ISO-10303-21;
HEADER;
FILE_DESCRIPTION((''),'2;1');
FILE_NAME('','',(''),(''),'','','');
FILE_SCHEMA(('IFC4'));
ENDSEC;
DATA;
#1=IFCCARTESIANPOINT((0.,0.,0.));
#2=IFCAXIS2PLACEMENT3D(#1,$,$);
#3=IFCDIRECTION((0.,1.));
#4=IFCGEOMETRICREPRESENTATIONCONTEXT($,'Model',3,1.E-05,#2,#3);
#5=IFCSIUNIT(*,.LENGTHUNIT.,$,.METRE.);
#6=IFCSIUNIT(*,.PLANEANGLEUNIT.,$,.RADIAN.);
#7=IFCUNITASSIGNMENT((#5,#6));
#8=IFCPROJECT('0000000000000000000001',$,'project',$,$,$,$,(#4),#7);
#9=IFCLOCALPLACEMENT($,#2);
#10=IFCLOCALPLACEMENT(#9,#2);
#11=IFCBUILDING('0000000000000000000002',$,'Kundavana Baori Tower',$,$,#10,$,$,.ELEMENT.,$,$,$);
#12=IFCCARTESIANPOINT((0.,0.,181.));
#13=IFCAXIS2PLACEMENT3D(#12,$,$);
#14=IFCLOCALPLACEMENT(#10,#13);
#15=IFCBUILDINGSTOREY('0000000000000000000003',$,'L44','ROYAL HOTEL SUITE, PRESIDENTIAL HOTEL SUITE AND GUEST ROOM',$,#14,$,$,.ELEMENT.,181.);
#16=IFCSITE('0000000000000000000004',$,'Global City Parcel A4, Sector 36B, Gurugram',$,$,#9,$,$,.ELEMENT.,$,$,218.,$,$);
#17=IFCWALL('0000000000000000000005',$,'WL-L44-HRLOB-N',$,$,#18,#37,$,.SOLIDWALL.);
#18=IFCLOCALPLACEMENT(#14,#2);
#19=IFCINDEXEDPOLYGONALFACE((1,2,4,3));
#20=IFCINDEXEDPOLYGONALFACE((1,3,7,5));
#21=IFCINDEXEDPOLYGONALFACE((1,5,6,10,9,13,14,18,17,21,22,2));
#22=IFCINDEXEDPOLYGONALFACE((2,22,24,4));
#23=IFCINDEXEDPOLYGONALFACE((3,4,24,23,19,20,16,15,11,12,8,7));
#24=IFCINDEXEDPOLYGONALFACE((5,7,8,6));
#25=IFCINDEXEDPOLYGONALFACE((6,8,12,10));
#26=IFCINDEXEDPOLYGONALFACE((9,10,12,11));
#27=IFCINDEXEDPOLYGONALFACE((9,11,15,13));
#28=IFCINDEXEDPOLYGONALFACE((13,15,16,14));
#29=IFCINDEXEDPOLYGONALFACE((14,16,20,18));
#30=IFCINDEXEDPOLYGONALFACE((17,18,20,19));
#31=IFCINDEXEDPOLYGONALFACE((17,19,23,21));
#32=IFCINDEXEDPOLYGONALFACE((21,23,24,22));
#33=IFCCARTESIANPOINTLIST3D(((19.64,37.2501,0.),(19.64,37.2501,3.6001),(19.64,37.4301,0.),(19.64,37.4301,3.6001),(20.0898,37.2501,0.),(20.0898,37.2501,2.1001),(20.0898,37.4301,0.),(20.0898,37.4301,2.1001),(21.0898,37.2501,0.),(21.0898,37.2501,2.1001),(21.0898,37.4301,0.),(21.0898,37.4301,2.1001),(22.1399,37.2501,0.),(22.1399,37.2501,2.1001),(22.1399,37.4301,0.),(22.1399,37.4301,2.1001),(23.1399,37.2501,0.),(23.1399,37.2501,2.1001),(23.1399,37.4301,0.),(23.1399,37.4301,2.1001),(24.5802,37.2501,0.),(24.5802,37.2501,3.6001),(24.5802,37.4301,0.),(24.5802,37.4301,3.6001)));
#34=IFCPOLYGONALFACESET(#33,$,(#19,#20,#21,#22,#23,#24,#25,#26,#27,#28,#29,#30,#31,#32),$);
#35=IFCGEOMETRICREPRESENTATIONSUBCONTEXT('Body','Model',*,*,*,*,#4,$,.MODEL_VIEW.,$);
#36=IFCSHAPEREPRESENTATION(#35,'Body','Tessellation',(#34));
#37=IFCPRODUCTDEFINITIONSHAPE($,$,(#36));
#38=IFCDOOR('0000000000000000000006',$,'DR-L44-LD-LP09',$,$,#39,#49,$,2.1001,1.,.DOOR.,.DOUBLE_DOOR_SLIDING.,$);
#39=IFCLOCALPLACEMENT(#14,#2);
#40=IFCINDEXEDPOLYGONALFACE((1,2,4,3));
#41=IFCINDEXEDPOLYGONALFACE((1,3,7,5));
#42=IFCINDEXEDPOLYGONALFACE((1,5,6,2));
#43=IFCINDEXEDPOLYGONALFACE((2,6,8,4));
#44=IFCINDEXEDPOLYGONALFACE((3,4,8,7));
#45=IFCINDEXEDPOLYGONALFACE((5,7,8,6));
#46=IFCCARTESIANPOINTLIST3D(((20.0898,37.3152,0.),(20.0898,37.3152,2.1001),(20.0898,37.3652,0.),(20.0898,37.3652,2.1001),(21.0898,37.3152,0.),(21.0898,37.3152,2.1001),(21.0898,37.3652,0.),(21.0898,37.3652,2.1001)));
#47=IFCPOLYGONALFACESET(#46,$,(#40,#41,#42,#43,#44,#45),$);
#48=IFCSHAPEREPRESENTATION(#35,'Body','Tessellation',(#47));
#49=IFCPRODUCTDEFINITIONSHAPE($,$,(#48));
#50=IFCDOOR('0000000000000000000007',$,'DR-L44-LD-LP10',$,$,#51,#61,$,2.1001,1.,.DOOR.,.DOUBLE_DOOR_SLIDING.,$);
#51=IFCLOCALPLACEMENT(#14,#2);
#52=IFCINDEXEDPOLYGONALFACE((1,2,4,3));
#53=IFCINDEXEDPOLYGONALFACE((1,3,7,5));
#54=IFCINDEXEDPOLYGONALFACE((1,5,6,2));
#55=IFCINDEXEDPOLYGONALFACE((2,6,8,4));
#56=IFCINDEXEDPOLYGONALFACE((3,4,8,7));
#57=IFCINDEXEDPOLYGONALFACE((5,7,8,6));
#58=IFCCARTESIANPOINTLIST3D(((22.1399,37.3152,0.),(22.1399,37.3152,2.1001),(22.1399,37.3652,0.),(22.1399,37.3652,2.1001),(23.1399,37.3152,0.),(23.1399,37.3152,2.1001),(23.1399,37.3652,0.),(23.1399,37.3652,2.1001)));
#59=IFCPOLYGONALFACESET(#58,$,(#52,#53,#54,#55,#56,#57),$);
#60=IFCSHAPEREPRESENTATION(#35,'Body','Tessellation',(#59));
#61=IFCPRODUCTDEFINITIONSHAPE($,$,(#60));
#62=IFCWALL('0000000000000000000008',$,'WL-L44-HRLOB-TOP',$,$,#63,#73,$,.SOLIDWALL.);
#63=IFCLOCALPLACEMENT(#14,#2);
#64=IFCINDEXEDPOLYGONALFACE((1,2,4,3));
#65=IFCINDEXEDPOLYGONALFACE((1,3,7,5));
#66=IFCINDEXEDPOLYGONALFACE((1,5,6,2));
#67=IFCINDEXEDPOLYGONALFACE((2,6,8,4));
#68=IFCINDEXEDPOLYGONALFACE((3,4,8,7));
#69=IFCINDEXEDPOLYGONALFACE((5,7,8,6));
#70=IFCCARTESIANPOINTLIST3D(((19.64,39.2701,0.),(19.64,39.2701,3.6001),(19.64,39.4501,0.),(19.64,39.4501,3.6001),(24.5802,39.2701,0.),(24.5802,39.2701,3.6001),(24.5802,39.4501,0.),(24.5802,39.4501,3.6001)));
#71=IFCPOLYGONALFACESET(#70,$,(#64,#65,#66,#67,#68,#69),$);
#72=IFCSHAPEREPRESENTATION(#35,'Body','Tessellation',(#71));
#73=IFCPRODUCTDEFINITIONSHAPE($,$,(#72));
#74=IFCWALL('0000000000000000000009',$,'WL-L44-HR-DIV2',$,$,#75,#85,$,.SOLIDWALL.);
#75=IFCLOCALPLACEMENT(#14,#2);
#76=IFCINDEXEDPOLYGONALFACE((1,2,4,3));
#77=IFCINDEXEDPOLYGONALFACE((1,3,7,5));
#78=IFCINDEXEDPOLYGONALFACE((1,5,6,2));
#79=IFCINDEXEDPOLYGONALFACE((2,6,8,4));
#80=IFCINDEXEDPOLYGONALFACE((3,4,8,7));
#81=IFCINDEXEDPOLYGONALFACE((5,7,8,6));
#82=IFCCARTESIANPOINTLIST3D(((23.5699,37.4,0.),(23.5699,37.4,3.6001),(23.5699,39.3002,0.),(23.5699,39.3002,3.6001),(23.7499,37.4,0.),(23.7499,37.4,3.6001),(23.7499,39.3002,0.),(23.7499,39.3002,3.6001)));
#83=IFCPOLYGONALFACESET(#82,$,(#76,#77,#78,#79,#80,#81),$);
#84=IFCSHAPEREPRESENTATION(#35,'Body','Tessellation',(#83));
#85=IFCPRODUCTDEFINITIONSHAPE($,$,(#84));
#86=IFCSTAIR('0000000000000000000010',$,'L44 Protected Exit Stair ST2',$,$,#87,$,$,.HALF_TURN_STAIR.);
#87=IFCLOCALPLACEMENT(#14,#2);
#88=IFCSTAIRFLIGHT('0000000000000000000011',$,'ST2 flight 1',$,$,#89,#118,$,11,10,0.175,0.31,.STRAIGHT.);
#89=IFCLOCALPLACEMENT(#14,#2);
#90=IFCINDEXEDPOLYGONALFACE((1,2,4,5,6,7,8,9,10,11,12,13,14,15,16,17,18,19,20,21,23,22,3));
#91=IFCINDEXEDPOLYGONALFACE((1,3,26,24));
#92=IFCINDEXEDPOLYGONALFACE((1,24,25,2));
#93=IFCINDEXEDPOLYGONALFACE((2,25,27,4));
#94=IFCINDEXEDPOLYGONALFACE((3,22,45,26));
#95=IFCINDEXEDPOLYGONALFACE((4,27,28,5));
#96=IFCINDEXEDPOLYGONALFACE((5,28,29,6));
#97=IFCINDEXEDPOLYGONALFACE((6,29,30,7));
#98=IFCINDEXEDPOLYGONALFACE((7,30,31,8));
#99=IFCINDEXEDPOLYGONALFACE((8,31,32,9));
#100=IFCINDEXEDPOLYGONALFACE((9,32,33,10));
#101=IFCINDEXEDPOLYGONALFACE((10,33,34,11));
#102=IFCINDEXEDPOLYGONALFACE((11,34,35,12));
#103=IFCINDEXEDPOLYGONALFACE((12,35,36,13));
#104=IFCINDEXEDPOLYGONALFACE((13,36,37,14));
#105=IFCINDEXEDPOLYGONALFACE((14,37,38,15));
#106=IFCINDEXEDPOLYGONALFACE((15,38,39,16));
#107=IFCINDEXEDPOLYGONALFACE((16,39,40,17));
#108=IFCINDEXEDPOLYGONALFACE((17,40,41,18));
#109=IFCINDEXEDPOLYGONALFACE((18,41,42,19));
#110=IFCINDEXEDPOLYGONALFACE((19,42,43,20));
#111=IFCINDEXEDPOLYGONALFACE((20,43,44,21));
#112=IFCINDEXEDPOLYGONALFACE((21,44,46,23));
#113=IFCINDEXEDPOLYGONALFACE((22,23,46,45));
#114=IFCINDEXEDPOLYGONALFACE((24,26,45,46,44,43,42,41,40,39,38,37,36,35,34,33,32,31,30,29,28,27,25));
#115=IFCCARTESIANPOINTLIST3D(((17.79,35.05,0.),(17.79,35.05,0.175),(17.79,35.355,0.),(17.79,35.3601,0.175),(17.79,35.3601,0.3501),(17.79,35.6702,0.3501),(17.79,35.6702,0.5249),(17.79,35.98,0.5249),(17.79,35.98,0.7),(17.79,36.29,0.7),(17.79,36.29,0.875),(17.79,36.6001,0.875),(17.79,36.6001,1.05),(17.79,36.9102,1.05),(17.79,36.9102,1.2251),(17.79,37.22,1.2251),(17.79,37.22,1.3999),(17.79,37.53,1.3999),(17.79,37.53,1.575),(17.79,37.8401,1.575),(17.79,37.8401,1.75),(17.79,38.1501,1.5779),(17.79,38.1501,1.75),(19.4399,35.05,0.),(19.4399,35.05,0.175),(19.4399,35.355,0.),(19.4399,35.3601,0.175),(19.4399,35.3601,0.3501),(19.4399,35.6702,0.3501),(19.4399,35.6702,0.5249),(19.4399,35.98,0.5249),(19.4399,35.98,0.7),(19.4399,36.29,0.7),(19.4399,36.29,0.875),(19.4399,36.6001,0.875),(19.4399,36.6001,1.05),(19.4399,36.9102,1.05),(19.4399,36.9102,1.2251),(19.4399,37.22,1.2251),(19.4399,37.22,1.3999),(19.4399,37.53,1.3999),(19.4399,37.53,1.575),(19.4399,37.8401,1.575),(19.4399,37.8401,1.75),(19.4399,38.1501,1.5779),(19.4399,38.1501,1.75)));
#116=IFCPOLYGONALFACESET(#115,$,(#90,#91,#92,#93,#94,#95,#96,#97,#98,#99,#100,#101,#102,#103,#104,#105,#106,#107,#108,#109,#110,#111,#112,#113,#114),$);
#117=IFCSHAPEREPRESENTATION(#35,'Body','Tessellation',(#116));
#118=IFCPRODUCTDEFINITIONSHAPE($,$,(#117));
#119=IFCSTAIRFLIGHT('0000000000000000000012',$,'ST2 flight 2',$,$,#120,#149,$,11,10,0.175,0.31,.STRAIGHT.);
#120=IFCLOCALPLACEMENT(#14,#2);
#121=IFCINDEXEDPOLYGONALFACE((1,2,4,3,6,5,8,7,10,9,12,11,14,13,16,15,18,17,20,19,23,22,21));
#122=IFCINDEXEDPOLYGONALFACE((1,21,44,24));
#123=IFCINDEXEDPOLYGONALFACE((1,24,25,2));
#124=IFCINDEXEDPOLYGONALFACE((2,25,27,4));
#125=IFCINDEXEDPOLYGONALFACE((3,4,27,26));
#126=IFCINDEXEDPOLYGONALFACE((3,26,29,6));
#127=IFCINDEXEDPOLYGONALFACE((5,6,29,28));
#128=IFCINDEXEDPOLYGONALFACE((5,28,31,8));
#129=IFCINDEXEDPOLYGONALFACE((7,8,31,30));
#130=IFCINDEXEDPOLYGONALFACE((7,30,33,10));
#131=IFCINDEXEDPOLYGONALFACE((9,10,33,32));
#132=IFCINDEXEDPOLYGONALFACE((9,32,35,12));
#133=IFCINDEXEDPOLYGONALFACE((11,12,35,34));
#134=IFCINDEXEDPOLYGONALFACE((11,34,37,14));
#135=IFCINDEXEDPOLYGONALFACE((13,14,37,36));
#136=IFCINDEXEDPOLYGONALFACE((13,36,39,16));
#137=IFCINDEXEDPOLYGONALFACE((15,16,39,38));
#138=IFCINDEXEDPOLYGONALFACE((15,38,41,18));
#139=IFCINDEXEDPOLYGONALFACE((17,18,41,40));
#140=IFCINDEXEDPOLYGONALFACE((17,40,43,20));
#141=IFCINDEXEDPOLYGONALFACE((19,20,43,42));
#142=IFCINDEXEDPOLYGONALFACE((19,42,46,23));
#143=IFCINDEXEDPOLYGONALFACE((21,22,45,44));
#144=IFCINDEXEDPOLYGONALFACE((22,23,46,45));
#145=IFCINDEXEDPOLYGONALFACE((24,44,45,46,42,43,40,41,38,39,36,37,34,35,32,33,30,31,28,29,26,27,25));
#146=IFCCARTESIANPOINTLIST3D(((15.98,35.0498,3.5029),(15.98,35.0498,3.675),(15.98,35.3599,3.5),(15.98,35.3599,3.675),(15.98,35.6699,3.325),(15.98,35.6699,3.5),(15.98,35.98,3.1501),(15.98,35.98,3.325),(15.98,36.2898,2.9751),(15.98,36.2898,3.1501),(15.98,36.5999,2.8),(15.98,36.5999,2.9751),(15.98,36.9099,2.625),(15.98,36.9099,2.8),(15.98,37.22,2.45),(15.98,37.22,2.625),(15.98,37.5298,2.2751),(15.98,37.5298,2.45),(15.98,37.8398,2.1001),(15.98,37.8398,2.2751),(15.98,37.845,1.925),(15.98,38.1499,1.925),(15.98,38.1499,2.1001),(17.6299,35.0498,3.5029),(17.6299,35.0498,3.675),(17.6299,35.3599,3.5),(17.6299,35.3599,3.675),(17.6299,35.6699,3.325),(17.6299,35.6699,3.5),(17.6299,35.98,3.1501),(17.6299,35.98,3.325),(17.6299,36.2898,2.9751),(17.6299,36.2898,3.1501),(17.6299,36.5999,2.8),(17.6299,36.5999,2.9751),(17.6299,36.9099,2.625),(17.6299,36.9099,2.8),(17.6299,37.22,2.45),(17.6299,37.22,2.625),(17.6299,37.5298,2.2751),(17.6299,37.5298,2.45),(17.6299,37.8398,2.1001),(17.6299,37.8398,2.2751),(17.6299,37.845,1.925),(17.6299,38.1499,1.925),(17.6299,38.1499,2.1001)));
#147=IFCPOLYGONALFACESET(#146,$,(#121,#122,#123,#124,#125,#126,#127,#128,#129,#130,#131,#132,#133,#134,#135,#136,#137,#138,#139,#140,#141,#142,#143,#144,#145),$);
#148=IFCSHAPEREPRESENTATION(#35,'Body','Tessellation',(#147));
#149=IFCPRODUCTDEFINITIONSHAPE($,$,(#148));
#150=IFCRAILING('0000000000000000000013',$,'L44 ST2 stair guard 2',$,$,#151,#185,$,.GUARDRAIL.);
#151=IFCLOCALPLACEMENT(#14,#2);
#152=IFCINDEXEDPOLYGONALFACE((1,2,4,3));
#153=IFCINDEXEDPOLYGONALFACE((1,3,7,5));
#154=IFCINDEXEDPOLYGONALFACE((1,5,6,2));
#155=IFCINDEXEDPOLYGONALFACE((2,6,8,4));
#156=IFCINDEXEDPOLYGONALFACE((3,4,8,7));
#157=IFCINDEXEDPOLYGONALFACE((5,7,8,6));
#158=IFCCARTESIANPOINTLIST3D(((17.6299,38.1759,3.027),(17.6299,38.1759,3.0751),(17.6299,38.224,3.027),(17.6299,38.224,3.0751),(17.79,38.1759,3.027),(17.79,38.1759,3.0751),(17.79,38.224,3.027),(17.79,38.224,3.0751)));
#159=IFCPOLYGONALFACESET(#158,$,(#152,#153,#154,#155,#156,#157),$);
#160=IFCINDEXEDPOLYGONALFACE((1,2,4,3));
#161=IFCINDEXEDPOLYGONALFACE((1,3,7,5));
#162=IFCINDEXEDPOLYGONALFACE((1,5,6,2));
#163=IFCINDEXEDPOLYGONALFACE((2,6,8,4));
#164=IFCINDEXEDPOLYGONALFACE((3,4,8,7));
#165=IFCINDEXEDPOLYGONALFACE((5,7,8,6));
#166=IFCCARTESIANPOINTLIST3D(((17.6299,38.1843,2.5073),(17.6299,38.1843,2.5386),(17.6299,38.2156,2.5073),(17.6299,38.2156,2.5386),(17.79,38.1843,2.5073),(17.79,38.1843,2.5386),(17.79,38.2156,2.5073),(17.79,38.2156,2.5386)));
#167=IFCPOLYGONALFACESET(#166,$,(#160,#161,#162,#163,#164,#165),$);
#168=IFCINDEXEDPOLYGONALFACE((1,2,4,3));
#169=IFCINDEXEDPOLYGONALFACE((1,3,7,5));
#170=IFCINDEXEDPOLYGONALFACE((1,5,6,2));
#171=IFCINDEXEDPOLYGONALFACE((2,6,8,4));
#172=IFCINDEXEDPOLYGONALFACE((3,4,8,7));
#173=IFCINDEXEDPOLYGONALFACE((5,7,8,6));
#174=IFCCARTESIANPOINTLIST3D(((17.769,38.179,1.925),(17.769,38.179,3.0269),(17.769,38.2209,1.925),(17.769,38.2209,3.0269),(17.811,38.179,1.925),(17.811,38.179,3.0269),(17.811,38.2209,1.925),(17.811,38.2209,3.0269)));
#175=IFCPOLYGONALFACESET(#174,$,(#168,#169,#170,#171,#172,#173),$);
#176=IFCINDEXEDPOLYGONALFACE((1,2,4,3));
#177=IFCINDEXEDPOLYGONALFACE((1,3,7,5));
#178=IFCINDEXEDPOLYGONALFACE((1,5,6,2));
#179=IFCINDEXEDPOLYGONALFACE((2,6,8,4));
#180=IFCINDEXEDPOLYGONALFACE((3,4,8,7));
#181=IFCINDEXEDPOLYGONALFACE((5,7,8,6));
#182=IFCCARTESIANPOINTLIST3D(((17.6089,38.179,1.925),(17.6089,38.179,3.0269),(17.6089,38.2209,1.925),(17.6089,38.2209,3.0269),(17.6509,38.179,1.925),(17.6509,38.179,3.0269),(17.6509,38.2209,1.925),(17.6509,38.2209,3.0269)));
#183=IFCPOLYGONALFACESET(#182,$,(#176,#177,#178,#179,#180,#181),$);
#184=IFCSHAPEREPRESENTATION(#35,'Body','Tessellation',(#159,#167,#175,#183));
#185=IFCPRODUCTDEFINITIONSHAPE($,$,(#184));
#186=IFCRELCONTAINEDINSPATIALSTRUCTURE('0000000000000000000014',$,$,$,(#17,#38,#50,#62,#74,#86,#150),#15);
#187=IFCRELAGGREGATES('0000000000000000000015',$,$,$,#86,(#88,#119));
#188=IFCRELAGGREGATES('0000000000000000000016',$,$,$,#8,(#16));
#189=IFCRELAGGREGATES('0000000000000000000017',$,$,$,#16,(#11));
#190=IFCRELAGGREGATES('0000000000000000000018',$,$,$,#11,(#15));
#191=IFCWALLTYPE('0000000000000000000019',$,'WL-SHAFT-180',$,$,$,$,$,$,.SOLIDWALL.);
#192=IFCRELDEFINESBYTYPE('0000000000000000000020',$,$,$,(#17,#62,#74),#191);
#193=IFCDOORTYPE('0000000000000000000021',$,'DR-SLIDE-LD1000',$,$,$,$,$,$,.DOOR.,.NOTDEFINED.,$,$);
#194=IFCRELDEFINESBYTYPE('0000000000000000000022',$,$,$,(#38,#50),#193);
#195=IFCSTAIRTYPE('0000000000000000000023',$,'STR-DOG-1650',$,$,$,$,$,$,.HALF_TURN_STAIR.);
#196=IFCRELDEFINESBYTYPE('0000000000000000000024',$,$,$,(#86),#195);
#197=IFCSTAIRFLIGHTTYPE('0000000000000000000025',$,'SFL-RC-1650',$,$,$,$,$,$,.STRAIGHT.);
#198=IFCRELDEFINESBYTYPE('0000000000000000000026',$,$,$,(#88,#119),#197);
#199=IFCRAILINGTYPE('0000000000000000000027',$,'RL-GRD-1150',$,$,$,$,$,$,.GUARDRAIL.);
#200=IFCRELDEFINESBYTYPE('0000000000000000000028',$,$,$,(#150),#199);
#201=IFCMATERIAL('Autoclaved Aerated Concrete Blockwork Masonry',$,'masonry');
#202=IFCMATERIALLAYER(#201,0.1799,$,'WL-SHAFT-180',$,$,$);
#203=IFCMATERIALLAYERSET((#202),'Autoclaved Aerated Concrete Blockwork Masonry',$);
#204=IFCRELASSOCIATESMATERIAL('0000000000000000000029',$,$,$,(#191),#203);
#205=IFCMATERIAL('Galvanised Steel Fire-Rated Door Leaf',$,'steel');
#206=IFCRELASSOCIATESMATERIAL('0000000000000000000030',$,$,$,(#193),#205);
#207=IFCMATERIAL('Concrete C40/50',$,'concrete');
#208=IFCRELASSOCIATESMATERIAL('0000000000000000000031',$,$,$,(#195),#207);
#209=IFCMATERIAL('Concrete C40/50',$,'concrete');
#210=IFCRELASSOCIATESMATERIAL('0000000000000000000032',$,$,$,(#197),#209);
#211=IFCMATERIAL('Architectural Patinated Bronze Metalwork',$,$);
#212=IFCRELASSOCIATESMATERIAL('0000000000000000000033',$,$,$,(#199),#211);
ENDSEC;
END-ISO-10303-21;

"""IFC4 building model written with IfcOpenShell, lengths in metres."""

from ifc_helpers import new_model, si_unit, direction, frame, frame_2d, origin, origin_2d, place, context, subcontext, project, spatial, polyline, rectangle, outline, extrude, material, layer, layer_set, type_object, element, fill, aggregate, save


model = new_model("IFC4")

# Units and contexts
model_context = context("Model", 3, precision=1e-05, world=origin(), true_north=direction((0.0, 1.0)))
body_context = subcontext(model_context, "Body", "Model", "MODEL_VIEW")
ifc_project = project(units=[si_unit("LENGTHUNIT", "METRE"), si_unit("PLANEANGLEUNIT", "RADIAN")], contexts=[model_context])

# Site, building, storey
site_placement = place(None, origin())
site = spatial("IfcSite", under=ifc_project, at=site_placement, Name="Global City Parcel A4, Sector 36B, Gurugram", CompositionType="ELEMENT", RefElevation=218.0)
building_placement = place(site_placement, origin())
building = spatial("IfcBuilding", under=site, at=building_placement, Name="Kundavana Baori Tower", CompositionType="ELEMENT")
storey_placement = place(building_placement, frame((0.0, 0.0, 181.0)))
storey = spatial("IfcBuildingStorey", under=building, at=storey_placement, Name="L44", Description="ROYAL HOTEL SUITE, PRESIDENTIAL HOTEL SUITE AND GUEST ROOM", CompositionType="ELEMENT", Elevation=181.0)

# Shared definitions
ifc_material_1 = material(Name="Autoclaved Aerated Concrete Blockwork Masonry", Category="masonry")
ifc_layer_1 = layer(ifc_material_1, 0.1799, Name="WL-SHAFT-180")
ifc_layer_set_1 = layer_set([ifc_layer_1], Name="Autoclaved Aerated Concrete Blockwork Masonry")
wall_type_1 = type_object("IfcWallType", Name="WL-SHAFT-180", PredefinedType="SOLIDWALL", material=ifc_layer_set_1)
ifc_material_2 = material(Name="Galvanised Steel Fire-Rated Door Leaf", Category="steel")
door_type_1 = type_object("IfcDoorType", Name="DR-SLIDE-LD1000", OperationType="NOTDEFINED", PredefinedType="DOOR", material=ifc_material_2)

# Wall, openings, doors
wall_1_placement = place(storey_placement, frame((19.6399, 37.3401, 0.0), z_axis=(0.0, 0.0, 1.0), x_axis=(1.0, 0.0, 0.0)))
wall_1 = element("IfcWall", 1, at=wall_1_placement, inside=storey, type_object=wall_type_1, Name="WL-L44-HRLOB-N", PredefinedType="SOLIDWALL", context=body_context, shape_type="SweptSolid", body=[
    extrude(rectangle(XDim=4.9402, YDim=0.1799, at=frame_2d((2.4702, 0.0))), origin(), (0.0, 0.0, 1.0), 3.6001),
])
opening_1_placement = place(wall_1_placement, frame((0.45, 0.0, 0.0)))
opening_1 = element("IfcOpeningElement", 2, at=opening_1_placement, cuts=wall_1, PredefinedType="OPENING", context=body_context, shape_type="SweptSolid", body=[
    extrude(rectangle(XDim=1.0, YDim=2.1001, at=frame_2d((0.5, 1.05))), frame((0.0, 0.1001, 0.0), z_axis=(0.0, -1.0, 0.0), x_axis=(1.0, 0.0, 0.0)), (0.0, 0.0, 1.0), 0.2),
])
opening_2_placement = place(wall_1_placement, frame((2.5, 0.0, 0.0)))
opening_2 = element("IfcOpeningElement", 3, at=opening_2_placement, cuts=wall_1, PredefinedType="OPENING", context=body_context, shape_type="SweptSolid", body=[
    extrude(rectangle(XDim=1.0, YDim=2.1001, at=frame_2d((0.5, 1.05))), frame((0.0, 0.1001, 0.0), z_axis=(0.0, -1.0, 0.0), x_axis=(1.0, 0.0, 0.0)), (0.0, 0.0, 1.0), 0.2),
])
door_1_placement = place(opening_1_placement, frame((1.0, 0.0, 0.0), z_axis=(0.0, 0.0, 1.0), x_axis=(-1.0, 0.0, 0.0)))
door_1 = element("IfcDoor", 4, at=door_1_placement, inside=storey, type_object=door_type_1, Name="DR-L44-LD-LP09", OperationType="DOUBLE_DOOR_SLIDING", OverallHeight=2.1001, OverallWidth=1.0, PredefinedType="DOOR", context=body_context, shape_type="SweptSolid", body=[
    extrude(rectangle(XDim=1.0, YDim=2.1001, at=frame_2d((0.5, 1.05))), frame((0.0, 0.0249, 0.0), z_axis=(0.0, -1.0, 0.0), x_axis=(1.0, 0.0, 0.0)), (0.0, 0.0, 1.0), 0.05),
])
fill(opening_1, door_1)
door_2_placement = place(opening_2_placement, frame((1.0, 0.0, 0.0), z_axis=(0.0, 0.0, 1.0), x_axis=(-1.0, 0.0, 0.0)))
door_2 = element("IfcDoor", 5, at=door_2_placement, inside=storey, type_object=door_type_1, Name="DR-L44-LD-LP10", OperationType="DOUBLE_DOOR_SLIDING", OverallHeight=2.1001, OverallWidth=1.0, PredefinedType="DOOR", context=body_context, shape_type="SweptSolid", body=[
    extrude(rectangle(XDim=1.0, YDim=2.1001, at=frame_2d((0.5, 1.05))), frame((0.0, 0.0249, 0.0), z_axis=(0.0, -1.0, 0.0), x_axis=(1.0, 0.0, 0.0)), (0.0, 0.0, 1.0), 0.05),
])
fill(opening_2, door_2)

# Walls
wall_2_placement = place(storey_placement, frame((19.6399, 39.3601, 0.0), z_axis=(0.0, 0.0, 1.0), x_axis=(1.0, 0.0, 0.0)))
element("IfcWall", 6, at=wall_2_placement, inside=storey, type_object=wall_type_1, Name="WL-L44-HRLOB-TOP", PredefinedType="SOLIDWALL", context=body_context, shape_type="SweptSolid", body=[
    extrude(rectangle(XDim=4.9402, YDim=0.1799, at=frame_2d((2.4702, 0.0))), origin(), (0.0, 0.0, 1.0), 3.6001),
])
wall_3_placement = place(storey_placement, frame((23.6599, 37.3999, 0.0), z_axis=(0.0, 0.0, 1.0), x_axis=(0.0, 1.0, 0.0)))
element("IfcWall", 7, at=wall_3_placement, inside=storey, type_object=wall_type_1, Name="WL-L44-HR-DIV2", PredefinedType="SOLIDWALL", context=body_context, shape_type="SweptSolid", body=[
    extrude(rectangle(XDim=1.9001, YDim=0.1799, at=frame_2d((0.9502, 0.0))), origin(), (0.0, 0.0, 1.0), 3.6001),
])

# Stair, stair flights
ifc_material_3 = material(Name="Concrete C40/50", Category="concrete")
stair_type = type_object("IfcStairType", Name="STR-DOG-1650", PredefinedType="HALF_TURN_STAIR", material=ifc_material_3)
stair_placement = place(storey_placement, origin())
stair = element("IfcStair", 8, at=stair_placement, inside=storey, type_object=stair_type, Name="L44 Protected Exit Stair ST2", PredefinedType="HALF_TURN_STAIR")
ifc_material_4 = material(Name="Concrete C40/50", Category="concrete")
stair_flight_type = type_object("IfcStairFlightType", Name="SFL-RC-1650", PredefinedType="STRAIGHT", material=ifc_material_4)
stair_flight_1_placement = place(storey_placement, frame((18.615, 35.05, 0.0), z_axis=(0.0, 0.0, 1.0), x_axis=(0.0, 1.0, 0.0)))
stair_flight_1 = element("IfcStairFlight", 9, at=stair_flight_1_placement, type_object=stair_flight_type, Name="ST2 flight 1", NumberOfRisers=11, NumberOfTreads=10, PredefinedType="STRAIGHT", RiserHeight=0.175, TreadLength=0.31, context=body_context, shape_type="SweptSolid", body=[
    extrude(outline(polyline([(0.0, 0.0), (0.0, 0.175), (0.3101, 0.175), (0.3101, 0.3501), (0.6201, 0.3501), (0.6201, 0.5249), (0.9299, 0.5249), (0.9299, 0.7), (1.24, 0.7), (1.24, 0.875), (1.55, 0.875), (1.55, 1.05), (1.8601, 1.05), (1.8601, 1.2251), (2.1699, 1.2251), (2.1699, 1.3999), (2.48, 1.3999), (2.48, 1.575), (2.79, 1.575), (2.79, 1.75), (3.1001, 1.75), (3.1001, 1.925), (3.1001, 1.5779), (0.3049, 0.0), (0.0, 0.0)])), frame((0.0, 0.825, 0.0), z_axis=(0.0, -1.0, 0.0), x_axis=(1.0, 0.0, 0.0)), (0.0, 0.0, 1.0), 1.6499),
])
stair_flight_2_placement = place(storey_placement, frame((16.8049, 38.1499, 1.925), z_axis=(0.0, 0.0, 1.0), x_axis=(0.0, -1.0, 0.0)))
stair_flight_2 = element("IfcStairFlight", 10, at=stair_flight_2_placement, type_object=stair_flight_type, Name="ST2 flight 2", NumberOfRisers=11, NumberOfTreads=10, PredefinedType="STRAIGHT", RiserHeight=0.175, TreadLength=0.31, context=body_context, shape_type="SweptSolid", body=[
    extrude(outline(polyline([(0.0, 0.0), (0.0, 0.175), (0.3101, 0.175), (0.3101, 0.3501), (0.6201, 0.3501), (0.6201, 0.5249), (0.9299, 0.5249), (0.9299, 0.7), (1.24, 0.7), (1.24, 0.875), (1.55, 0.875), (1.55, 1.05), (1.8601, 1.05), (1.8601, 1.2251), (2.1699, 1.2251), (2.1699, 1.3999), (2.48, 1.3999), (2.48, 1.575), (2.79, 1.575), (2.79, 1.75), (3.1001, 1.75), (3.1001, 1.925), (3.1001, 1.5779), (0.3049, 0.0), (0.0, 0.0)])), frame((0.0, 0.825, 0.0), z_axis=(0.0, -1.0, 0.0), x_axis=(1.0, 0.0, 0.0)), (0.0, 0.0, 1.0), 1.6499),
])
aggregate(stair, [stair_flight_1, stair_flight_2])

# Railing
ifc_material_5 = material(Name="Architectural Patinated Bronze Metalwork")
railing_type_1 = type_object("IfcRailingType", Name="RL-GRD-1150", PredefinedType="GUARDRAIL", material=ifc_material_5)
railing_1_placement = place(storey_placement, frame((17.79, 38.2, 1.925)))
element("IfcRailing", 11, at=railing_1_placement, inside=storey, type_object=railing_type_1, Name="L44 ST2 stair guard 2", PredefinedType="GUARDRAIL", context=body_context, shape_type="SweptSolid", body=[
    extrude(rectangle(XDim=0.0481, YDim=0.0481, at=origin_2d()), frame((0.0, 0.0, 1.126), z_axis=(-1.0, 0.0, 0.0), x_axis=(0.0, -1.0, 0.0)), (0.0, 0.0, 1.0), 0.1602),
    extrude(rectangle(XDim=0.0312, YDim=0.0312, at=origin_2d()), frame((0.0, 0.0, 0.5979), z_axis=(-1.0, 0.0, 0.0), x_axis=(0.0, -1.0, 0.0)), (0.0, 0.0, 1.0), 0.1602),
    extrude(rectangle(XDim=0.042, YDim=0.042, at=origin_2d()), origin(), (0.0, 0.0, 1.0), 1.1018),
    extrude(rectangle(XDim=0.042, YDim=0.042, at=origin_2d()), frame((-0.1602, 0.0, 0.0)), (0.0, 0.0, 1.0), 1.1018),
])

save(model, "model.ifc")
